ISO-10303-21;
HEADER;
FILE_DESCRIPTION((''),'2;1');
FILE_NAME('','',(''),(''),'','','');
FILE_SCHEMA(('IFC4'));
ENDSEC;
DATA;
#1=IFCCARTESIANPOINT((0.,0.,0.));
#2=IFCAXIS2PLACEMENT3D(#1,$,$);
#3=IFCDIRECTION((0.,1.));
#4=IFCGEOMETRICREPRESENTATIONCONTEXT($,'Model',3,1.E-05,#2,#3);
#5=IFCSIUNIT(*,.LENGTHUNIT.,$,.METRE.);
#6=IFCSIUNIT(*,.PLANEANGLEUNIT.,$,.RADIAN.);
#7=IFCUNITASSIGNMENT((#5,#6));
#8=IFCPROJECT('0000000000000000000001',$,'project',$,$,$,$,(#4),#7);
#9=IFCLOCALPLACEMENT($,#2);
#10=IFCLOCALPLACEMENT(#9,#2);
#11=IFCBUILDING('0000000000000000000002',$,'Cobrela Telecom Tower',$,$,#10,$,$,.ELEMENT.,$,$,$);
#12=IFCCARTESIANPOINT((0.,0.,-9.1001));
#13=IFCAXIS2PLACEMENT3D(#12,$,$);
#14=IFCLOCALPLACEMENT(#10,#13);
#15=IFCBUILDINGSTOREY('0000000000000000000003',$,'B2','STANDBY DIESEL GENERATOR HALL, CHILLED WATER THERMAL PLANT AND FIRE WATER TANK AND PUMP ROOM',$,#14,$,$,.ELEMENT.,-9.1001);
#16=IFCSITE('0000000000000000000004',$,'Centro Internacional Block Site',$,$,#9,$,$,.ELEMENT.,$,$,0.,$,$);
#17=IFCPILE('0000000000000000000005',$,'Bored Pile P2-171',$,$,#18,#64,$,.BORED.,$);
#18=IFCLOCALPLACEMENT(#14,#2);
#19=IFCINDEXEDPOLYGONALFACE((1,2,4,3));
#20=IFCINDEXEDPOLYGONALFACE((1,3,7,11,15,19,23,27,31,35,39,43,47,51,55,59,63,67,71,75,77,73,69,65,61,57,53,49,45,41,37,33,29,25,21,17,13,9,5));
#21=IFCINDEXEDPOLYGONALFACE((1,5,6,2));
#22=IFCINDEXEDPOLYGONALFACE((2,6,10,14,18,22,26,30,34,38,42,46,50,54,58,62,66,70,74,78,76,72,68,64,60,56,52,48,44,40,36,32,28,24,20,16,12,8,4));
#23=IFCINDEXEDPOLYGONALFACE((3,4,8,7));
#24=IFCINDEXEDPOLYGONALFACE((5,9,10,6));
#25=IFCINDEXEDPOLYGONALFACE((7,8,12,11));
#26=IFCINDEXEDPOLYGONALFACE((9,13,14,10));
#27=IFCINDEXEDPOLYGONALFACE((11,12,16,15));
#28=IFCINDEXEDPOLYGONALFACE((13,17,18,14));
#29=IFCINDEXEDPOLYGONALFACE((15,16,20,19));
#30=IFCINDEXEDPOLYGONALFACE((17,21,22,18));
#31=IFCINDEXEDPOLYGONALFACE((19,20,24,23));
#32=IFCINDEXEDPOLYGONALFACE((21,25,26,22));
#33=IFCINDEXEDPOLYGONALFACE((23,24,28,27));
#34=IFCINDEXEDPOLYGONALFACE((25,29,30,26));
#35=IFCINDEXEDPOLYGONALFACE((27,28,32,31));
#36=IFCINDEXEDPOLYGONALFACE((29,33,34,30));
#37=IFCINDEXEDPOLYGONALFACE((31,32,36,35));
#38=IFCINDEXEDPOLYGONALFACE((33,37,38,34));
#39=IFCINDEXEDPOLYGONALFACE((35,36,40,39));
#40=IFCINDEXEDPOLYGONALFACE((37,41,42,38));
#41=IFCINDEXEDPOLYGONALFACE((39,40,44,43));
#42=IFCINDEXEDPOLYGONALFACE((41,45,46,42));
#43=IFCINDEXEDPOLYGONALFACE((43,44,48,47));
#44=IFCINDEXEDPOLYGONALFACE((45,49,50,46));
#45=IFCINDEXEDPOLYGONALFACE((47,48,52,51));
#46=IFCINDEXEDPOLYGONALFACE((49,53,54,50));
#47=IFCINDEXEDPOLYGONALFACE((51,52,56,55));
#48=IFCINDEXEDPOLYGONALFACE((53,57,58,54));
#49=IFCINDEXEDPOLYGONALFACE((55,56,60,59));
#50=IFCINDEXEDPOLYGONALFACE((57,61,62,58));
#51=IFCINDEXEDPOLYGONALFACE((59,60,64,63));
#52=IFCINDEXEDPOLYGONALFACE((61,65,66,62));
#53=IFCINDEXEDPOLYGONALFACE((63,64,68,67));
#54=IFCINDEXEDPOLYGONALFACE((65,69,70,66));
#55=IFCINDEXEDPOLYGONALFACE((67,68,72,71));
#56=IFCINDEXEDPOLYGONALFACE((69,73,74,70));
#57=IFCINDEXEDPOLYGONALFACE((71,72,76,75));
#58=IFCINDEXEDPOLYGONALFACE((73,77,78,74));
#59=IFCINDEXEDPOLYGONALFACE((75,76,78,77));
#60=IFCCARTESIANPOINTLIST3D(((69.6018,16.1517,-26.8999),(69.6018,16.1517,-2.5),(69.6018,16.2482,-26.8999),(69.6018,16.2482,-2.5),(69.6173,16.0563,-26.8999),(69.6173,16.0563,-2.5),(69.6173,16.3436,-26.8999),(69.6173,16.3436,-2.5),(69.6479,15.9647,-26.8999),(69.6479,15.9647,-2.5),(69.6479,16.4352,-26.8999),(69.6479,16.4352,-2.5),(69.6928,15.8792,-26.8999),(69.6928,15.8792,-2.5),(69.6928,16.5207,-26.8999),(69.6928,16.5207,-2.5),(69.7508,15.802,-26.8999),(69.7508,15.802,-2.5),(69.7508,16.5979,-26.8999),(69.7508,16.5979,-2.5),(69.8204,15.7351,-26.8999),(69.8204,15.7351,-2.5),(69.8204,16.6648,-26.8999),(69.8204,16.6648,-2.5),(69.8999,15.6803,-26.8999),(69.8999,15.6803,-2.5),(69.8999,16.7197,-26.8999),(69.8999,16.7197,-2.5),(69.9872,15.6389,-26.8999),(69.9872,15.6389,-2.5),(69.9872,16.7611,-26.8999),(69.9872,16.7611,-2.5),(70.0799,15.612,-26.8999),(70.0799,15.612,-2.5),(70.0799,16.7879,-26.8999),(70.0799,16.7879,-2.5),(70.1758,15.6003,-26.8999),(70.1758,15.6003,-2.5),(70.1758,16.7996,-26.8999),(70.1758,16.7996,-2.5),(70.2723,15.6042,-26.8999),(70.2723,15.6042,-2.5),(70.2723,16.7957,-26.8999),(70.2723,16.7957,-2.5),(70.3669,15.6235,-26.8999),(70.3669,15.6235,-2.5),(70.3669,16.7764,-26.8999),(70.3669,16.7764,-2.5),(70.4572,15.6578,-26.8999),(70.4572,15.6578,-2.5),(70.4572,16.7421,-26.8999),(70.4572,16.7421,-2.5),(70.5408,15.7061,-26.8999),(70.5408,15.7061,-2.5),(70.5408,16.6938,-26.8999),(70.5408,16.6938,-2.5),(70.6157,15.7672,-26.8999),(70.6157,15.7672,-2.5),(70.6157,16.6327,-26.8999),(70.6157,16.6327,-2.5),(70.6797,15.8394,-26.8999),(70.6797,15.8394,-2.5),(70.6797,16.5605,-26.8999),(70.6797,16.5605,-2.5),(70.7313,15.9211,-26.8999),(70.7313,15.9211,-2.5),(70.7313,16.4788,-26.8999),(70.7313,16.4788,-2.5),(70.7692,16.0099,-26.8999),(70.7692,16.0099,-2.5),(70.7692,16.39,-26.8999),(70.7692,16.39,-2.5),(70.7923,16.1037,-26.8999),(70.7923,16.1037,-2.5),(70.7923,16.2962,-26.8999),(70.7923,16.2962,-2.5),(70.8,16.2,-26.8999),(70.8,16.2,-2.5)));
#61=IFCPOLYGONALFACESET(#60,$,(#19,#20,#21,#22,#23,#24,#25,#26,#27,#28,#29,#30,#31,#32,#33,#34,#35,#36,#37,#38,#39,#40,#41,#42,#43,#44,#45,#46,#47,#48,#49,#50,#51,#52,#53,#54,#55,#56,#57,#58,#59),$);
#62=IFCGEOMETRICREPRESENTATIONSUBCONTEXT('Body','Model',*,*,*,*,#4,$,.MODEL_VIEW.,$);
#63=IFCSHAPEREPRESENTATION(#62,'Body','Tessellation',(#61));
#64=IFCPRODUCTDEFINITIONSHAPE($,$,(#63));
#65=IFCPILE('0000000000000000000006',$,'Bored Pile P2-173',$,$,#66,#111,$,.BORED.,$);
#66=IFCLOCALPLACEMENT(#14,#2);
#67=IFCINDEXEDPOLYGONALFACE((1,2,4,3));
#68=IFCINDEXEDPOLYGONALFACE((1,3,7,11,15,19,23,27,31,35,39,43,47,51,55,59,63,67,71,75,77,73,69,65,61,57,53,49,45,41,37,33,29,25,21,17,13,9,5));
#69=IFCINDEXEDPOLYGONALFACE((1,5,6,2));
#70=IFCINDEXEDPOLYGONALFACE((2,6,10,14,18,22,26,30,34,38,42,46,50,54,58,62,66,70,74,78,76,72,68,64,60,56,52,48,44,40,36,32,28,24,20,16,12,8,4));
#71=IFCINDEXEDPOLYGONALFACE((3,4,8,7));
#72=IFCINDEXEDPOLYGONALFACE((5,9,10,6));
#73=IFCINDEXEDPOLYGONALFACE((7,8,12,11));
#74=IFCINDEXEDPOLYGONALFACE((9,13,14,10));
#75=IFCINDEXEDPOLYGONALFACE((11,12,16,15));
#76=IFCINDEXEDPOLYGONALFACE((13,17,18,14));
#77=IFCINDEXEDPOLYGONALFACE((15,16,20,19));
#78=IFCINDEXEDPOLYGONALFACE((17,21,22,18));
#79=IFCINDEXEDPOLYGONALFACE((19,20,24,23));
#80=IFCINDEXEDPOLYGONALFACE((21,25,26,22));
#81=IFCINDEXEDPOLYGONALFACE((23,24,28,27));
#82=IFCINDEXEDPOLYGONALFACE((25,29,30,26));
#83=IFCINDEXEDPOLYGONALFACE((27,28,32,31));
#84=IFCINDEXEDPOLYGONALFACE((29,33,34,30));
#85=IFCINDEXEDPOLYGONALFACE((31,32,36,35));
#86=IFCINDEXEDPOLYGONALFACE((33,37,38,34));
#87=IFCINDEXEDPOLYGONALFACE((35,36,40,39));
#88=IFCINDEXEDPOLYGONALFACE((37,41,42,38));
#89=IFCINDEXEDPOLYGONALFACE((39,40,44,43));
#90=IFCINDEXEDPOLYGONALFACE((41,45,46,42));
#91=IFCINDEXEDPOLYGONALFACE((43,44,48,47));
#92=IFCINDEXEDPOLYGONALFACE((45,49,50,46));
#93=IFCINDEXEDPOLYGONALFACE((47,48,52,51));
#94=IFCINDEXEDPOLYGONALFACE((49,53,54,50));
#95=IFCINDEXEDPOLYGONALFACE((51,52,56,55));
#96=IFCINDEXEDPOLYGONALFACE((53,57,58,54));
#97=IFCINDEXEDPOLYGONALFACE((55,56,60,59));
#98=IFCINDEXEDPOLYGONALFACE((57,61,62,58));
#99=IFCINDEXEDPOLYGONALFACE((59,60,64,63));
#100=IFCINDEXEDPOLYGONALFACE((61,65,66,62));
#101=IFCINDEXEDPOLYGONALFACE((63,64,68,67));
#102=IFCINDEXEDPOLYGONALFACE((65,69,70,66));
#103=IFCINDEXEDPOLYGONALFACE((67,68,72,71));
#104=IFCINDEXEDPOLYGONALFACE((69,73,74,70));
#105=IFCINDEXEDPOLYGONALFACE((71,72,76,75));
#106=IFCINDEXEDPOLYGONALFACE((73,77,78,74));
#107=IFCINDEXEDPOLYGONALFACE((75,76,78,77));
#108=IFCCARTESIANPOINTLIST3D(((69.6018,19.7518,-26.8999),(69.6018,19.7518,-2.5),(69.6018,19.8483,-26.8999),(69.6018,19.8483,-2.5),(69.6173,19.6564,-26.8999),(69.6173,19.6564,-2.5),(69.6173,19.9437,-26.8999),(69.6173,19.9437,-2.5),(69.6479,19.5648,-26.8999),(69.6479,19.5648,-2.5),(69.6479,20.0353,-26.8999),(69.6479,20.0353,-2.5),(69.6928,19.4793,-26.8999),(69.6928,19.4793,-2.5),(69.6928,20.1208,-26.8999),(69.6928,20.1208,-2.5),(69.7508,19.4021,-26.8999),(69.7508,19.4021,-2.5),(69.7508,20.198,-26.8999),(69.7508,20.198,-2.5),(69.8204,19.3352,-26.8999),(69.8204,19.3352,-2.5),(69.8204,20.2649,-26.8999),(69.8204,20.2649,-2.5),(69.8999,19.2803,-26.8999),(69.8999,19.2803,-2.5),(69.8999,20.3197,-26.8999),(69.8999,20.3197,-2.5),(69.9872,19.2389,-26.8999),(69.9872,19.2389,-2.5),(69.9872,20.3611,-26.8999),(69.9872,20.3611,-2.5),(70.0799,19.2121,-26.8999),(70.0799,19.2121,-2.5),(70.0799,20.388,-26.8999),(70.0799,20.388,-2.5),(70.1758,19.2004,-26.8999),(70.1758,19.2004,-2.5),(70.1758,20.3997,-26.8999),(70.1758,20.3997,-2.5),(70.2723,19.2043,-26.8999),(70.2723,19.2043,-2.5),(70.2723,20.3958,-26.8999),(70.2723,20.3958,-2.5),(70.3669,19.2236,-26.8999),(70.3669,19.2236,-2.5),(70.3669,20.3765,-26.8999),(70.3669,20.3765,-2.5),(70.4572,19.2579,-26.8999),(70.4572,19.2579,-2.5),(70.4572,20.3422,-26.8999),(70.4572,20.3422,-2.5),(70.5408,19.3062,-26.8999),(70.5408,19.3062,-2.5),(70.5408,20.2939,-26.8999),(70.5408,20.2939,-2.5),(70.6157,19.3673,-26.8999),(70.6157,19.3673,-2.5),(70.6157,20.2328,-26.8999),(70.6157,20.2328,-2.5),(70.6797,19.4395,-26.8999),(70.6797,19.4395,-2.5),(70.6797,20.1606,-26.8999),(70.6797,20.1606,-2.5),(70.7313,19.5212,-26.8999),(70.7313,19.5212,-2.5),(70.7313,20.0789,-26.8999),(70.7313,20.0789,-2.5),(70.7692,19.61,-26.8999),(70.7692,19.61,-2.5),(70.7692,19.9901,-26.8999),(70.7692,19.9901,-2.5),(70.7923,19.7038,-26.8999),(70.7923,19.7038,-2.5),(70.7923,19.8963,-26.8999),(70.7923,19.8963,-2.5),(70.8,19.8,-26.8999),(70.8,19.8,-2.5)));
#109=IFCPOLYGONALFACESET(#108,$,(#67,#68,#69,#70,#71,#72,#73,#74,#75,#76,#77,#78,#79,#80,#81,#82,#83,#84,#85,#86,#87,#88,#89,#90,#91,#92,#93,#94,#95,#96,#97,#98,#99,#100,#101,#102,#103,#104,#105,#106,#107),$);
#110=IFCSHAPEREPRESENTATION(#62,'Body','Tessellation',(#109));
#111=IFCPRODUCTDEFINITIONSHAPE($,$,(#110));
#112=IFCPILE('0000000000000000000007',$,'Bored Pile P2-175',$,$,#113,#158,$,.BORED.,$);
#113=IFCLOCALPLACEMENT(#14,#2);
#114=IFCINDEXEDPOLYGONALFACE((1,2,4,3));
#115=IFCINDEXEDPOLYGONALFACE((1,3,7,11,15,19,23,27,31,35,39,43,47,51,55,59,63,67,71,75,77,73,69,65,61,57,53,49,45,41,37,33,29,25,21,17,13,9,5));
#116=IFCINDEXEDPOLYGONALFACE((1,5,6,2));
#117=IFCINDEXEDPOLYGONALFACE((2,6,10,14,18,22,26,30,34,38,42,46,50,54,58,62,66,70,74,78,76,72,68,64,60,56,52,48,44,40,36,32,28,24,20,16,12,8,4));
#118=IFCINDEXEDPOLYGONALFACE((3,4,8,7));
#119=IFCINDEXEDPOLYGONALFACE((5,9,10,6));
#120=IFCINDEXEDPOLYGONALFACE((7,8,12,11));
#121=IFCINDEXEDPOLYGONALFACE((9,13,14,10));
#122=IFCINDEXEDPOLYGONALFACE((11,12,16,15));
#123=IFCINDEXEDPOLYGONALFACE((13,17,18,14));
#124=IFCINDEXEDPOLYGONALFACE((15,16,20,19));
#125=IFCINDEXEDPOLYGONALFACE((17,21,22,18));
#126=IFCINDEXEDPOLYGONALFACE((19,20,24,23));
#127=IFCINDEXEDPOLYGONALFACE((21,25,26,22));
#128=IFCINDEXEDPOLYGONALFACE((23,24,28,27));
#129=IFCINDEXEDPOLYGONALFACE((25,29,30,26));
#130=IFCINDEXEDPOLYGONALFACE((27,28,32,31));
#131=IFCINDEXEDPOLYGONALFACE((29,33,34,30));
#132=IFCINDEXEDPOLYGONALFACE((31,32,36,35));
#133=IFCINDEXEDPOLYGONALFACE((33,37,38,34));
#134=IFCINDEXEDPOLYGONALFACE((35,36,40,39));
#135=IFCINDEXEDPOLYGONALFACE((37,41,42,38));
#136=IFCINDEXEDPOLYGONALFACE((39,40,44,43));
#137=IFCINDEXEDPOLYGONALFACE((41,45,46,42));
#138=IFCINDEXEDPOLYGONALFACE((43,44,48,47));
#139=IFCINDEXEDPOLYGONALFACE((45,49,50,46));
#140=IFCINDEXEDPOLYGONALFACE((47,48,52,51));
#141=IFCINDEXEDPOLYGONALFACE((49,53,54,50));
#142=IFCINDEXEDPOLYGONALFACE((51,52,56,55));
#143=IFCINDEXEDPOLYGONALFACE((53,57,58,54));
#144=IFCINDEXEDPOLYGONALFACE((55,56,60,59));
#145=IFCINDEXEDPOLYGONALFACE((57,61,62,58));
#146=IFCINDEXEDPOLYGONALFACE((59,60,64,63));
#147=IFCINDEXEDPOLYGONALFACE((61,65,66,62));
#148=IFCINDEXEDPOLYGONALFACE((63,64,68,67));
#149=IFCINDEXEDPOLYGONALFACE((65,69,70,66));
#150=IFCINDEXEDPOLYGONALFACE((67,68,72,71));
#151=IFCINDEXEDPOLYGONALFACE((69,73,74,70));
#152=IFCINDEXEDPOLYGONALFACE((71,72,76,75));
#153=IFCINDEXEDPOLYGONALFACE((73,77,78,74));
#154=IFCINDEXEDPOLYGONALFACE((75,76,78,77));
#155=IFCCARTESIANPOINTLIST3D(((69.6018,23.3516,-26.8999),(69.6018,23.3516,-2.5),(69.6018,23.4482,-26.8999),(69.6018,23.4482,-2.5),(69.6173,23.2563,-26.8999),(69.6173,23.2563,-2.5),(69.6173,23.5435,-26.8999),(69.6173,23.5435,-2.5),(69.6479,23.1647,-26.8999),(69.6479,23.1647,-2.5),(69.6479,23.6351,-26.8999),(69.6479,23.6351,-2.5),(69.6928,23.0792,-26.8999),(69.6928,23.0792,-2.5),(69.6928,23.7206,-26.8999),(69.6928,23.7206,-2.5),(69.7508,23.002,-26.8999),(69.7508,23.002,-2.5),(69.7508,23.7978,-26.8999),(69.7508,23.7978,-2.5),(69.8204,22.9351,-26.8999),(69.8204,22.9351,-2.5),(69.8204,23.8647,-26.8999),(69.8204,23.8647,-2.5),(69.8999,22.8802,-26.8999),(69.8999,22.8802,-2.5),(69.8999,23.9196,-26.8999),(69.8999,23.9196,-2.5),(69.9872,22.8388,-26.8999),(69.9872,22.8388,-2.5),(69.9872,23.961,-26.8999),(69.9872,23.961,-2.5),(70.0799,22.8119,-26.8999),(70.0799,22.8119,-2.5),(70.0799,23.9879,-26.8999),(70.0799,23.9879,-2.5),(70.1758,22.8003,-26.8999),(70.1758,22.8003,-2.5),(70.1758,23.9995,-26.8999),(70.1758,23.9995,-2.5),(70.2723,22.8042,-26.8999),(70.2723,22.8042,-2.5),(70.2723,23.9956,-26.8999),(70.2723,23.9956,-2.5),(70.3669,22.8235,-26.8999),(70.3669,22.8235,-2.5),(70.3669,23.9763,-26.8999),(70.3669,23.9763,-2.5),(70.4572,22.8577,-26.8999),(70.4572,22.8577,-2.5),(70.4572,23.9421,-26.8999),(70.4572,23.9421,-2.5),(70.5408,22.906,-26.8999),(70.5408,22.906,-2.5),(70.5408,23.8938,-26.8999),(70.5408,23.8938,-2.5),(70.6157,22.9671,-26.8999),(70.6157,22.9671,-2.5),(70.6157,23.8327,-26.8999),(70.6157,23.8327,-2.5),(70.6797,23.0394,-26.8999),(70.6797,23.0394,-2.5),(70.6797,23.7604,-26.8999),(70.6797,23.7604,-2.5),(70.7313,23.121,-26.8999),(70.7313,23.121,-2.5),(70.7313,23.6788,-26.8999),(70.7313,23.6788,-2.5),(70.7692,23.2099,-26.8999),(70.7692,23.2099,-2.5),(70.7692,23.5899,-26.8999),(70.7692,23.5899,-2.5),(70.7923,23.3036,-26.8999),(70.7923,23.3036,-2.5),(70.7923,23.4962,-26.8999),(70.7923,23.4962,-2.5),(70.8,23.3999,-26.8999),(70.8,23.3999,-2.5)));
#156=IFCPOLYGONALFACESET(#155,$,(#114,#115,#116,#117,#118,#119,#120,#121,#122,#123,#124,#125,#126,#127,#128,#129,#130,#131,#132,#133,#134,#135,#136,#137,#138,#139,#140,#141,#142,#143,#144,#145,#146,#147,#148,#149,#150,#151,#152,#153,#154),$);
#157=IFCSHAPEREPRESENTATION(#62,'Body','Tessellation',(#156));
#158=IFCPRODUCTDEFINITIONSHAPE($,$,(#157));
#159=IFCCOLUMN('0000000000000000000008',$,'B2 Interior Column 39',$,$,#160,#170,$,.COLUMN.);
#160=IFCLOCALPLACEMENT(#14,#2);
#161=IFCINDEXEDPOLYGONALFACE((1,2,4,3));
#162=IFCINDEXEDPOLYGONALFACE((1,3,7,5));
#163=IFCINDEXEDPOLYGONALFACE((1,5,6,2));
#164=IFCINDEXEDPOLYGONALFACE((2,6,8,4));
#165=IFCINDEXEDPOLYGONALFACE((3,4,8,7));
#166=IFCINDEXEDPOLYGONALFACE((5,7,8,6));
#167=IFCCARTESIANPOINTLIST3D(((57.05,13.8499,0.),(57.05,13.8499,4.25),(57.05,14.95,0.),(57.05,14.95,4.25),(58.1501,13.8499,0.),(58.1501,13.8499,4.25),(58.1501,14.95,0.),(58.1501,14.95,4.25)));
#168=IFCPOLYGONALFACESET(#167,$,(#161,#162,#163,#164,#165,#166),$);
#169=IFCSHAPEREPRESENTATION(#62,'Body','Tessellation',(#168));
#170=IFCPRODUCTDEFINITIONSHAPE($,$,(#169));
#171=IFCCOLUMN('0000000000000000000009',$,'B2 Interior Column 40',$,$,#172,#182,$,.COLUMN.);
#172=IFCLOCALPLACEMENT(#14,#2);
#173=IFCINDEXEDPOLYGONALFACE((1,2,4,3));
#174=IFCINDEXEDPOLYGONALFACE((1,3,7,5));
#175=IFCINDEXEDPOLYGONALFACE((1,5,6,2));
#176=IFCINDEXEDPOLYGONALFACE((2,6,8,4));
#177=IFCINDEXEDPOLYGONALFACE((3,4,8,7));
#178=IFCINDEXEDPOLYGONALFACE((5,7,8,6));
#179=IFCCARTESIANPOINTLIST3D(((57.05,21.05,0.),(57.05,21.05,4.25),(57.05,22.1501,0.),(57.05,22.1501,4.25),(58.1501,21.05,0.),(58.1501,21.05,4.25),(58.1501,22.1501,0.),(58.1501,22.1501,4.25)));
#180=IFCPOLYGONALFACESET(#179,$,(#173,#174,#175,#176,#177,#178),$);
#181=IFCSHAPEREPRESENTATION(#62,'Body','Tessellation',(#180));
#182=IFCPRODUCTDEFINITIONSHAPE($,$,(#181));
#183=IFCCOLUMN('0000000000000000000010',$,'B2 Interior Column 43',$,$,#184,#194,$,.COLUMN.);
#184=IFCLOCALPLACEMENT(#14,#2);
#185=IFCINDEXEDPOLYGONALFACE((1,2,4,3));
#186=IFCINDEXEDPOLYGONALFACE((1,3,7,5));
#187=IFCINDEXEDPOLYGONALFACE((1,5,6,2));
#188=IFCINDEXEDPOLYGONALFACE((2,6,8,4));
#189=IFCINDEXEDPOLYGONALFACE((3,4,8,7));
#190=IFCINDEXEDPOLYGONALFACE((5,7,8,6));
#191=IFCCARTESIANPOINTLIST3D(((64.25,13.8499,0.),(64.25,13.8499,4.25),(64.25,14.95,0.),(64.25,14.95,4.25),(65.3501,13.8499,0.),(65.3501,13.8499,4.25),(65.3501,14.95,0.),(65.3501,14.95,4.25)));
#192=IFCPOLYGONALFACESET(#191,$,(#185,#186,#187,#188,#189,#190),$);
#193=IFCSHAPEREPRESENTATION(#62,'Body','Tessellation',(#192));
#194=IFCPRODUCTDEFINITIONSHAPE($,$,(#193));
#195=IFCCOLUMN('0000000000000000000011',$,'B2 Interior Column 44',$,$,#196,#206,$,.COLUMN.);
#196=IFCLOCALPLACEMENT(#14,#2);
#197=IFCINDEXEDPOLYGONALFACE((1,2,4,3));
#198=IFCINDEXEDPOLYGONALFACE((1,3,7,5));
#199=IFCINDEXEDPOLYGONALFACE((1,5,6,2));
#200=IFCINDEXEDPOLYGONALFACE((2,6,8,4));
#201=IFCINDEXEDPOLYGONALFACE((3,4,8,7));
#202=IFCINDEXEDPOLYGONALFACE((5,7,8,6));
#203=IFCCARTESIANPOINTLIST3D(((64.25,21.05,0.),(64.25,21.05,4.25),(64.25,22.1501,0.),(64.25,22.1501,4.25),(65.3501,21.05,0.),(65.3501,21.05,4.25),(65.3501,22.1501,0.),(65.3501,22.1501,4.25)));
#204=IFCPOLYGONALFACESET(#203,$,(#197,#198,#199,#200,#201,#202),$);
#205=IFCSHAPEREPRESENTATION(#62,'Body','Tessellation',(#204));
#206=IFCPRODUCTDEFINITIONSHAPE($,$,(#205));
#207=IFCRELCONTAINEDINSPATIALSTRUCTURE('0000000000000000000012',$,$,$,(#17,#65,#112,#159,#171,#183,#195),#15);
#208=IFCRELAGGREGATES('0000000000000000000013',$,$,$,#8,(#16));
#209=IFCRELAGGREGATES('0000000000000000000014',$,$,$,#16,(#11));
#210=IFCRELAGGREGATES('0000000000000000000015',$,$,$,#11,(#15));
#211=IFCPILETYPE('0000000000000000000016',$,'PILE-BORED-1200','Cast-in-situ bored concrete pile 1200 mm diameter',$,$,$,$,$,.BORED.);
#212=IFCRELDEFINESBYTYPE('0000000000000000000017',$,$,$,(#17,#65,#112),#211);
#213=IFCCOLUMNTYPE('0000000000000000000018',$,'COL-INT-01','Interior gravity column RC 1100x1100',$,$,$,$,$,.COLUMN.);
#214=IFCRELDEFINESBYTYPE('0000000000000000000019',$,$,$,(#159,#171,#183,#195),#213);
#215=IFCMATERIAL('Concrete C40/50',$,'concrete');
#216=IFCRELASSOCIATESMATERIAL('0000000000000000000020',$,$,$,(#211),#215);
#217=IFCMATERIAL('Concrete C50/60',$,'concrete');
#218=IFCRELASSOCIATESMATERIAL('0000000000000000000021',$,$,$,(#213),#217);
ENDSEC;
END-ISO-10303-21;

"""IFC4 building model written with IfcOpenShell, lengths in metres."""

from ifc_helpers import new_model, si_unit, direction, frame, origin, origin_2d, place, context, subcontext, project, spatial, rectangle, circle, extrude, material, material_profile, profile_set, type_object, element, save


model = new_model("IFC4")

# Units and contexts
model_context = context("Model", 3, precision=1e-05, world=origin(), true_north=direction((0.0, 1.0)))
body_context = subcontext(model_context, "Body", "Model", "MODEL_VIEW")
ifc_project = project(units=[si_unit("LENGTHUNIT", "METRE"), si_unit("PLANEANGLEUNIT", "RADIAN")], contexts=[model_context])

# Site, building, storey
site_placement = place(None, origin())
site = spatial("IfcSite", under=ifc_project, at=site_placement, Name="Centro Internacional Block Site", CompositionType="ELEMENT", RefElevation=0.0)
building_placement = place(site_placement, origin())
building = spatial("IfcBuilding", under=site, at=building_placement, Name="Cobrela Telecom Tower", CompositionType="ELEMENT")
storey_placement = place(building_placement, frame((0.0, 0.0, -9.1001)))
storey = spatial("IfcBuildingStorey", under=building, at=storey_placement, Name="B2", Description="STANDBY DIESEL GENERATOR HALL, CHILLED WATER THERMAL PLANT AND FIRE WATER TANK AND PUMP ROOM", CompositionType="ELEMENT", Elevation=-9.1001)

# Shared definitions
ifc_material_1 = material(Name="Concrete C40/50", Category="concrete")

# Piles
ifc_material_profile_1 = material_profile(ifc_material_1, circle(Radius=0.6001, at=origin_2d()), Name="BORED PILE D1200")
ifc_profile_set_1 = profile_set([ifc_material_profile_1], Name="Concrete C40/50")
pile_type = type_object("IfcPileType", Name="PILE-BORED-1200", Description="Cast-in-situ bored concrete pile 1200 mm diameter", PredefinedType="BORED", material=ifc_profile_set_1)
for number, where, z_axis, x_axis, name in (
    (1, (70.2, 16.2, -2.5), (0.0, 0.0, -1.0), (1.0, 0.0, 0.0), "Bored Pile P2-171"),
    (2, (70.2, 19.8, -2.5), (0.0, 0.0, -1.0), (1.0, 0.0, 0.0), "Bored Pile P2-173"),
    (3, (70.2, 23.3999, -2.5), (0.0, 0.0, -1.0), (1.0, 0.0, 0.0), "Bored Pile P2-175"),
):
    element("IfcPile", number, at=place(storey_placement, frame(where, z_axis=z_axis, x_axis=x_axis)), inside=storey, type_object=pile_type, Name=name, PredefinedType="BORED", context=body_context, shape_type="SweptSolid", body=[
        extrude(circle(Radius=0.6001, at=origin_2d()), origin(), (0.0, 0.0, 1.0), 24.3999),
    ])

# Columns
ifc_material_2 = material(Name="Concrete C50/60", Category="concrete")
ifc_material_profile_2 = material_profile(ifc_material_2, rectangle(XDim=1.1001, YDim=1.1001, at=origin_2d()), Name="RC 1100x1100")
ifc_profile_set_2 = profile_set([ifc_material_profile_2], Name="Concrete C50/60")
column_type_1 = type_object("IfcColumnType", Name="COL-INT-01", Description="Interior gravity column RC 1100x1100", PredefinedType="COLUMN", material=ifc_profile_set_2)
for number, where, z_axis, x_axis, name in (
    (4, (57.6001, 14.3999, 0.0), (0.0, 0.0, 1.0), (1.0, 0.0, 0.0), "B2 Interior Column 39"),
    (5, (57.6001, 21.6001, 0.0), (0.0, 0.0, 1.0), (1.0, 0.0, 0.0), "B2 Interior Column 40"),
    (6, (64.8, 14.3999, 0.0), (0.0, 0.0, 1.0), (1.0, 0.0, 0.0), "B2 Interior Column 43"),
    (7, (64.8, 21.6001, 0.0), (0.0, 0.0, 1.0), (1.0, 0.0, 0.0), "B2 Interior Column 44"),
):
    element("IfcColumn", number, at=place(storey_placement, frame(where, z_axis=z_axis, x_axis=x_axis)), inside=storey, type_object=column_type_1, Name=name, PredefinedType="COLUMN", context=body_context, shape_type="SweptSolid", body=[
        extrude(rectangle(XDim=1.1001, YDim=1.1001, at=origin_2d()), origin(), (0.0, 0.0, 1.0), 4.25),
    ])

save(model, "model.ifc")
